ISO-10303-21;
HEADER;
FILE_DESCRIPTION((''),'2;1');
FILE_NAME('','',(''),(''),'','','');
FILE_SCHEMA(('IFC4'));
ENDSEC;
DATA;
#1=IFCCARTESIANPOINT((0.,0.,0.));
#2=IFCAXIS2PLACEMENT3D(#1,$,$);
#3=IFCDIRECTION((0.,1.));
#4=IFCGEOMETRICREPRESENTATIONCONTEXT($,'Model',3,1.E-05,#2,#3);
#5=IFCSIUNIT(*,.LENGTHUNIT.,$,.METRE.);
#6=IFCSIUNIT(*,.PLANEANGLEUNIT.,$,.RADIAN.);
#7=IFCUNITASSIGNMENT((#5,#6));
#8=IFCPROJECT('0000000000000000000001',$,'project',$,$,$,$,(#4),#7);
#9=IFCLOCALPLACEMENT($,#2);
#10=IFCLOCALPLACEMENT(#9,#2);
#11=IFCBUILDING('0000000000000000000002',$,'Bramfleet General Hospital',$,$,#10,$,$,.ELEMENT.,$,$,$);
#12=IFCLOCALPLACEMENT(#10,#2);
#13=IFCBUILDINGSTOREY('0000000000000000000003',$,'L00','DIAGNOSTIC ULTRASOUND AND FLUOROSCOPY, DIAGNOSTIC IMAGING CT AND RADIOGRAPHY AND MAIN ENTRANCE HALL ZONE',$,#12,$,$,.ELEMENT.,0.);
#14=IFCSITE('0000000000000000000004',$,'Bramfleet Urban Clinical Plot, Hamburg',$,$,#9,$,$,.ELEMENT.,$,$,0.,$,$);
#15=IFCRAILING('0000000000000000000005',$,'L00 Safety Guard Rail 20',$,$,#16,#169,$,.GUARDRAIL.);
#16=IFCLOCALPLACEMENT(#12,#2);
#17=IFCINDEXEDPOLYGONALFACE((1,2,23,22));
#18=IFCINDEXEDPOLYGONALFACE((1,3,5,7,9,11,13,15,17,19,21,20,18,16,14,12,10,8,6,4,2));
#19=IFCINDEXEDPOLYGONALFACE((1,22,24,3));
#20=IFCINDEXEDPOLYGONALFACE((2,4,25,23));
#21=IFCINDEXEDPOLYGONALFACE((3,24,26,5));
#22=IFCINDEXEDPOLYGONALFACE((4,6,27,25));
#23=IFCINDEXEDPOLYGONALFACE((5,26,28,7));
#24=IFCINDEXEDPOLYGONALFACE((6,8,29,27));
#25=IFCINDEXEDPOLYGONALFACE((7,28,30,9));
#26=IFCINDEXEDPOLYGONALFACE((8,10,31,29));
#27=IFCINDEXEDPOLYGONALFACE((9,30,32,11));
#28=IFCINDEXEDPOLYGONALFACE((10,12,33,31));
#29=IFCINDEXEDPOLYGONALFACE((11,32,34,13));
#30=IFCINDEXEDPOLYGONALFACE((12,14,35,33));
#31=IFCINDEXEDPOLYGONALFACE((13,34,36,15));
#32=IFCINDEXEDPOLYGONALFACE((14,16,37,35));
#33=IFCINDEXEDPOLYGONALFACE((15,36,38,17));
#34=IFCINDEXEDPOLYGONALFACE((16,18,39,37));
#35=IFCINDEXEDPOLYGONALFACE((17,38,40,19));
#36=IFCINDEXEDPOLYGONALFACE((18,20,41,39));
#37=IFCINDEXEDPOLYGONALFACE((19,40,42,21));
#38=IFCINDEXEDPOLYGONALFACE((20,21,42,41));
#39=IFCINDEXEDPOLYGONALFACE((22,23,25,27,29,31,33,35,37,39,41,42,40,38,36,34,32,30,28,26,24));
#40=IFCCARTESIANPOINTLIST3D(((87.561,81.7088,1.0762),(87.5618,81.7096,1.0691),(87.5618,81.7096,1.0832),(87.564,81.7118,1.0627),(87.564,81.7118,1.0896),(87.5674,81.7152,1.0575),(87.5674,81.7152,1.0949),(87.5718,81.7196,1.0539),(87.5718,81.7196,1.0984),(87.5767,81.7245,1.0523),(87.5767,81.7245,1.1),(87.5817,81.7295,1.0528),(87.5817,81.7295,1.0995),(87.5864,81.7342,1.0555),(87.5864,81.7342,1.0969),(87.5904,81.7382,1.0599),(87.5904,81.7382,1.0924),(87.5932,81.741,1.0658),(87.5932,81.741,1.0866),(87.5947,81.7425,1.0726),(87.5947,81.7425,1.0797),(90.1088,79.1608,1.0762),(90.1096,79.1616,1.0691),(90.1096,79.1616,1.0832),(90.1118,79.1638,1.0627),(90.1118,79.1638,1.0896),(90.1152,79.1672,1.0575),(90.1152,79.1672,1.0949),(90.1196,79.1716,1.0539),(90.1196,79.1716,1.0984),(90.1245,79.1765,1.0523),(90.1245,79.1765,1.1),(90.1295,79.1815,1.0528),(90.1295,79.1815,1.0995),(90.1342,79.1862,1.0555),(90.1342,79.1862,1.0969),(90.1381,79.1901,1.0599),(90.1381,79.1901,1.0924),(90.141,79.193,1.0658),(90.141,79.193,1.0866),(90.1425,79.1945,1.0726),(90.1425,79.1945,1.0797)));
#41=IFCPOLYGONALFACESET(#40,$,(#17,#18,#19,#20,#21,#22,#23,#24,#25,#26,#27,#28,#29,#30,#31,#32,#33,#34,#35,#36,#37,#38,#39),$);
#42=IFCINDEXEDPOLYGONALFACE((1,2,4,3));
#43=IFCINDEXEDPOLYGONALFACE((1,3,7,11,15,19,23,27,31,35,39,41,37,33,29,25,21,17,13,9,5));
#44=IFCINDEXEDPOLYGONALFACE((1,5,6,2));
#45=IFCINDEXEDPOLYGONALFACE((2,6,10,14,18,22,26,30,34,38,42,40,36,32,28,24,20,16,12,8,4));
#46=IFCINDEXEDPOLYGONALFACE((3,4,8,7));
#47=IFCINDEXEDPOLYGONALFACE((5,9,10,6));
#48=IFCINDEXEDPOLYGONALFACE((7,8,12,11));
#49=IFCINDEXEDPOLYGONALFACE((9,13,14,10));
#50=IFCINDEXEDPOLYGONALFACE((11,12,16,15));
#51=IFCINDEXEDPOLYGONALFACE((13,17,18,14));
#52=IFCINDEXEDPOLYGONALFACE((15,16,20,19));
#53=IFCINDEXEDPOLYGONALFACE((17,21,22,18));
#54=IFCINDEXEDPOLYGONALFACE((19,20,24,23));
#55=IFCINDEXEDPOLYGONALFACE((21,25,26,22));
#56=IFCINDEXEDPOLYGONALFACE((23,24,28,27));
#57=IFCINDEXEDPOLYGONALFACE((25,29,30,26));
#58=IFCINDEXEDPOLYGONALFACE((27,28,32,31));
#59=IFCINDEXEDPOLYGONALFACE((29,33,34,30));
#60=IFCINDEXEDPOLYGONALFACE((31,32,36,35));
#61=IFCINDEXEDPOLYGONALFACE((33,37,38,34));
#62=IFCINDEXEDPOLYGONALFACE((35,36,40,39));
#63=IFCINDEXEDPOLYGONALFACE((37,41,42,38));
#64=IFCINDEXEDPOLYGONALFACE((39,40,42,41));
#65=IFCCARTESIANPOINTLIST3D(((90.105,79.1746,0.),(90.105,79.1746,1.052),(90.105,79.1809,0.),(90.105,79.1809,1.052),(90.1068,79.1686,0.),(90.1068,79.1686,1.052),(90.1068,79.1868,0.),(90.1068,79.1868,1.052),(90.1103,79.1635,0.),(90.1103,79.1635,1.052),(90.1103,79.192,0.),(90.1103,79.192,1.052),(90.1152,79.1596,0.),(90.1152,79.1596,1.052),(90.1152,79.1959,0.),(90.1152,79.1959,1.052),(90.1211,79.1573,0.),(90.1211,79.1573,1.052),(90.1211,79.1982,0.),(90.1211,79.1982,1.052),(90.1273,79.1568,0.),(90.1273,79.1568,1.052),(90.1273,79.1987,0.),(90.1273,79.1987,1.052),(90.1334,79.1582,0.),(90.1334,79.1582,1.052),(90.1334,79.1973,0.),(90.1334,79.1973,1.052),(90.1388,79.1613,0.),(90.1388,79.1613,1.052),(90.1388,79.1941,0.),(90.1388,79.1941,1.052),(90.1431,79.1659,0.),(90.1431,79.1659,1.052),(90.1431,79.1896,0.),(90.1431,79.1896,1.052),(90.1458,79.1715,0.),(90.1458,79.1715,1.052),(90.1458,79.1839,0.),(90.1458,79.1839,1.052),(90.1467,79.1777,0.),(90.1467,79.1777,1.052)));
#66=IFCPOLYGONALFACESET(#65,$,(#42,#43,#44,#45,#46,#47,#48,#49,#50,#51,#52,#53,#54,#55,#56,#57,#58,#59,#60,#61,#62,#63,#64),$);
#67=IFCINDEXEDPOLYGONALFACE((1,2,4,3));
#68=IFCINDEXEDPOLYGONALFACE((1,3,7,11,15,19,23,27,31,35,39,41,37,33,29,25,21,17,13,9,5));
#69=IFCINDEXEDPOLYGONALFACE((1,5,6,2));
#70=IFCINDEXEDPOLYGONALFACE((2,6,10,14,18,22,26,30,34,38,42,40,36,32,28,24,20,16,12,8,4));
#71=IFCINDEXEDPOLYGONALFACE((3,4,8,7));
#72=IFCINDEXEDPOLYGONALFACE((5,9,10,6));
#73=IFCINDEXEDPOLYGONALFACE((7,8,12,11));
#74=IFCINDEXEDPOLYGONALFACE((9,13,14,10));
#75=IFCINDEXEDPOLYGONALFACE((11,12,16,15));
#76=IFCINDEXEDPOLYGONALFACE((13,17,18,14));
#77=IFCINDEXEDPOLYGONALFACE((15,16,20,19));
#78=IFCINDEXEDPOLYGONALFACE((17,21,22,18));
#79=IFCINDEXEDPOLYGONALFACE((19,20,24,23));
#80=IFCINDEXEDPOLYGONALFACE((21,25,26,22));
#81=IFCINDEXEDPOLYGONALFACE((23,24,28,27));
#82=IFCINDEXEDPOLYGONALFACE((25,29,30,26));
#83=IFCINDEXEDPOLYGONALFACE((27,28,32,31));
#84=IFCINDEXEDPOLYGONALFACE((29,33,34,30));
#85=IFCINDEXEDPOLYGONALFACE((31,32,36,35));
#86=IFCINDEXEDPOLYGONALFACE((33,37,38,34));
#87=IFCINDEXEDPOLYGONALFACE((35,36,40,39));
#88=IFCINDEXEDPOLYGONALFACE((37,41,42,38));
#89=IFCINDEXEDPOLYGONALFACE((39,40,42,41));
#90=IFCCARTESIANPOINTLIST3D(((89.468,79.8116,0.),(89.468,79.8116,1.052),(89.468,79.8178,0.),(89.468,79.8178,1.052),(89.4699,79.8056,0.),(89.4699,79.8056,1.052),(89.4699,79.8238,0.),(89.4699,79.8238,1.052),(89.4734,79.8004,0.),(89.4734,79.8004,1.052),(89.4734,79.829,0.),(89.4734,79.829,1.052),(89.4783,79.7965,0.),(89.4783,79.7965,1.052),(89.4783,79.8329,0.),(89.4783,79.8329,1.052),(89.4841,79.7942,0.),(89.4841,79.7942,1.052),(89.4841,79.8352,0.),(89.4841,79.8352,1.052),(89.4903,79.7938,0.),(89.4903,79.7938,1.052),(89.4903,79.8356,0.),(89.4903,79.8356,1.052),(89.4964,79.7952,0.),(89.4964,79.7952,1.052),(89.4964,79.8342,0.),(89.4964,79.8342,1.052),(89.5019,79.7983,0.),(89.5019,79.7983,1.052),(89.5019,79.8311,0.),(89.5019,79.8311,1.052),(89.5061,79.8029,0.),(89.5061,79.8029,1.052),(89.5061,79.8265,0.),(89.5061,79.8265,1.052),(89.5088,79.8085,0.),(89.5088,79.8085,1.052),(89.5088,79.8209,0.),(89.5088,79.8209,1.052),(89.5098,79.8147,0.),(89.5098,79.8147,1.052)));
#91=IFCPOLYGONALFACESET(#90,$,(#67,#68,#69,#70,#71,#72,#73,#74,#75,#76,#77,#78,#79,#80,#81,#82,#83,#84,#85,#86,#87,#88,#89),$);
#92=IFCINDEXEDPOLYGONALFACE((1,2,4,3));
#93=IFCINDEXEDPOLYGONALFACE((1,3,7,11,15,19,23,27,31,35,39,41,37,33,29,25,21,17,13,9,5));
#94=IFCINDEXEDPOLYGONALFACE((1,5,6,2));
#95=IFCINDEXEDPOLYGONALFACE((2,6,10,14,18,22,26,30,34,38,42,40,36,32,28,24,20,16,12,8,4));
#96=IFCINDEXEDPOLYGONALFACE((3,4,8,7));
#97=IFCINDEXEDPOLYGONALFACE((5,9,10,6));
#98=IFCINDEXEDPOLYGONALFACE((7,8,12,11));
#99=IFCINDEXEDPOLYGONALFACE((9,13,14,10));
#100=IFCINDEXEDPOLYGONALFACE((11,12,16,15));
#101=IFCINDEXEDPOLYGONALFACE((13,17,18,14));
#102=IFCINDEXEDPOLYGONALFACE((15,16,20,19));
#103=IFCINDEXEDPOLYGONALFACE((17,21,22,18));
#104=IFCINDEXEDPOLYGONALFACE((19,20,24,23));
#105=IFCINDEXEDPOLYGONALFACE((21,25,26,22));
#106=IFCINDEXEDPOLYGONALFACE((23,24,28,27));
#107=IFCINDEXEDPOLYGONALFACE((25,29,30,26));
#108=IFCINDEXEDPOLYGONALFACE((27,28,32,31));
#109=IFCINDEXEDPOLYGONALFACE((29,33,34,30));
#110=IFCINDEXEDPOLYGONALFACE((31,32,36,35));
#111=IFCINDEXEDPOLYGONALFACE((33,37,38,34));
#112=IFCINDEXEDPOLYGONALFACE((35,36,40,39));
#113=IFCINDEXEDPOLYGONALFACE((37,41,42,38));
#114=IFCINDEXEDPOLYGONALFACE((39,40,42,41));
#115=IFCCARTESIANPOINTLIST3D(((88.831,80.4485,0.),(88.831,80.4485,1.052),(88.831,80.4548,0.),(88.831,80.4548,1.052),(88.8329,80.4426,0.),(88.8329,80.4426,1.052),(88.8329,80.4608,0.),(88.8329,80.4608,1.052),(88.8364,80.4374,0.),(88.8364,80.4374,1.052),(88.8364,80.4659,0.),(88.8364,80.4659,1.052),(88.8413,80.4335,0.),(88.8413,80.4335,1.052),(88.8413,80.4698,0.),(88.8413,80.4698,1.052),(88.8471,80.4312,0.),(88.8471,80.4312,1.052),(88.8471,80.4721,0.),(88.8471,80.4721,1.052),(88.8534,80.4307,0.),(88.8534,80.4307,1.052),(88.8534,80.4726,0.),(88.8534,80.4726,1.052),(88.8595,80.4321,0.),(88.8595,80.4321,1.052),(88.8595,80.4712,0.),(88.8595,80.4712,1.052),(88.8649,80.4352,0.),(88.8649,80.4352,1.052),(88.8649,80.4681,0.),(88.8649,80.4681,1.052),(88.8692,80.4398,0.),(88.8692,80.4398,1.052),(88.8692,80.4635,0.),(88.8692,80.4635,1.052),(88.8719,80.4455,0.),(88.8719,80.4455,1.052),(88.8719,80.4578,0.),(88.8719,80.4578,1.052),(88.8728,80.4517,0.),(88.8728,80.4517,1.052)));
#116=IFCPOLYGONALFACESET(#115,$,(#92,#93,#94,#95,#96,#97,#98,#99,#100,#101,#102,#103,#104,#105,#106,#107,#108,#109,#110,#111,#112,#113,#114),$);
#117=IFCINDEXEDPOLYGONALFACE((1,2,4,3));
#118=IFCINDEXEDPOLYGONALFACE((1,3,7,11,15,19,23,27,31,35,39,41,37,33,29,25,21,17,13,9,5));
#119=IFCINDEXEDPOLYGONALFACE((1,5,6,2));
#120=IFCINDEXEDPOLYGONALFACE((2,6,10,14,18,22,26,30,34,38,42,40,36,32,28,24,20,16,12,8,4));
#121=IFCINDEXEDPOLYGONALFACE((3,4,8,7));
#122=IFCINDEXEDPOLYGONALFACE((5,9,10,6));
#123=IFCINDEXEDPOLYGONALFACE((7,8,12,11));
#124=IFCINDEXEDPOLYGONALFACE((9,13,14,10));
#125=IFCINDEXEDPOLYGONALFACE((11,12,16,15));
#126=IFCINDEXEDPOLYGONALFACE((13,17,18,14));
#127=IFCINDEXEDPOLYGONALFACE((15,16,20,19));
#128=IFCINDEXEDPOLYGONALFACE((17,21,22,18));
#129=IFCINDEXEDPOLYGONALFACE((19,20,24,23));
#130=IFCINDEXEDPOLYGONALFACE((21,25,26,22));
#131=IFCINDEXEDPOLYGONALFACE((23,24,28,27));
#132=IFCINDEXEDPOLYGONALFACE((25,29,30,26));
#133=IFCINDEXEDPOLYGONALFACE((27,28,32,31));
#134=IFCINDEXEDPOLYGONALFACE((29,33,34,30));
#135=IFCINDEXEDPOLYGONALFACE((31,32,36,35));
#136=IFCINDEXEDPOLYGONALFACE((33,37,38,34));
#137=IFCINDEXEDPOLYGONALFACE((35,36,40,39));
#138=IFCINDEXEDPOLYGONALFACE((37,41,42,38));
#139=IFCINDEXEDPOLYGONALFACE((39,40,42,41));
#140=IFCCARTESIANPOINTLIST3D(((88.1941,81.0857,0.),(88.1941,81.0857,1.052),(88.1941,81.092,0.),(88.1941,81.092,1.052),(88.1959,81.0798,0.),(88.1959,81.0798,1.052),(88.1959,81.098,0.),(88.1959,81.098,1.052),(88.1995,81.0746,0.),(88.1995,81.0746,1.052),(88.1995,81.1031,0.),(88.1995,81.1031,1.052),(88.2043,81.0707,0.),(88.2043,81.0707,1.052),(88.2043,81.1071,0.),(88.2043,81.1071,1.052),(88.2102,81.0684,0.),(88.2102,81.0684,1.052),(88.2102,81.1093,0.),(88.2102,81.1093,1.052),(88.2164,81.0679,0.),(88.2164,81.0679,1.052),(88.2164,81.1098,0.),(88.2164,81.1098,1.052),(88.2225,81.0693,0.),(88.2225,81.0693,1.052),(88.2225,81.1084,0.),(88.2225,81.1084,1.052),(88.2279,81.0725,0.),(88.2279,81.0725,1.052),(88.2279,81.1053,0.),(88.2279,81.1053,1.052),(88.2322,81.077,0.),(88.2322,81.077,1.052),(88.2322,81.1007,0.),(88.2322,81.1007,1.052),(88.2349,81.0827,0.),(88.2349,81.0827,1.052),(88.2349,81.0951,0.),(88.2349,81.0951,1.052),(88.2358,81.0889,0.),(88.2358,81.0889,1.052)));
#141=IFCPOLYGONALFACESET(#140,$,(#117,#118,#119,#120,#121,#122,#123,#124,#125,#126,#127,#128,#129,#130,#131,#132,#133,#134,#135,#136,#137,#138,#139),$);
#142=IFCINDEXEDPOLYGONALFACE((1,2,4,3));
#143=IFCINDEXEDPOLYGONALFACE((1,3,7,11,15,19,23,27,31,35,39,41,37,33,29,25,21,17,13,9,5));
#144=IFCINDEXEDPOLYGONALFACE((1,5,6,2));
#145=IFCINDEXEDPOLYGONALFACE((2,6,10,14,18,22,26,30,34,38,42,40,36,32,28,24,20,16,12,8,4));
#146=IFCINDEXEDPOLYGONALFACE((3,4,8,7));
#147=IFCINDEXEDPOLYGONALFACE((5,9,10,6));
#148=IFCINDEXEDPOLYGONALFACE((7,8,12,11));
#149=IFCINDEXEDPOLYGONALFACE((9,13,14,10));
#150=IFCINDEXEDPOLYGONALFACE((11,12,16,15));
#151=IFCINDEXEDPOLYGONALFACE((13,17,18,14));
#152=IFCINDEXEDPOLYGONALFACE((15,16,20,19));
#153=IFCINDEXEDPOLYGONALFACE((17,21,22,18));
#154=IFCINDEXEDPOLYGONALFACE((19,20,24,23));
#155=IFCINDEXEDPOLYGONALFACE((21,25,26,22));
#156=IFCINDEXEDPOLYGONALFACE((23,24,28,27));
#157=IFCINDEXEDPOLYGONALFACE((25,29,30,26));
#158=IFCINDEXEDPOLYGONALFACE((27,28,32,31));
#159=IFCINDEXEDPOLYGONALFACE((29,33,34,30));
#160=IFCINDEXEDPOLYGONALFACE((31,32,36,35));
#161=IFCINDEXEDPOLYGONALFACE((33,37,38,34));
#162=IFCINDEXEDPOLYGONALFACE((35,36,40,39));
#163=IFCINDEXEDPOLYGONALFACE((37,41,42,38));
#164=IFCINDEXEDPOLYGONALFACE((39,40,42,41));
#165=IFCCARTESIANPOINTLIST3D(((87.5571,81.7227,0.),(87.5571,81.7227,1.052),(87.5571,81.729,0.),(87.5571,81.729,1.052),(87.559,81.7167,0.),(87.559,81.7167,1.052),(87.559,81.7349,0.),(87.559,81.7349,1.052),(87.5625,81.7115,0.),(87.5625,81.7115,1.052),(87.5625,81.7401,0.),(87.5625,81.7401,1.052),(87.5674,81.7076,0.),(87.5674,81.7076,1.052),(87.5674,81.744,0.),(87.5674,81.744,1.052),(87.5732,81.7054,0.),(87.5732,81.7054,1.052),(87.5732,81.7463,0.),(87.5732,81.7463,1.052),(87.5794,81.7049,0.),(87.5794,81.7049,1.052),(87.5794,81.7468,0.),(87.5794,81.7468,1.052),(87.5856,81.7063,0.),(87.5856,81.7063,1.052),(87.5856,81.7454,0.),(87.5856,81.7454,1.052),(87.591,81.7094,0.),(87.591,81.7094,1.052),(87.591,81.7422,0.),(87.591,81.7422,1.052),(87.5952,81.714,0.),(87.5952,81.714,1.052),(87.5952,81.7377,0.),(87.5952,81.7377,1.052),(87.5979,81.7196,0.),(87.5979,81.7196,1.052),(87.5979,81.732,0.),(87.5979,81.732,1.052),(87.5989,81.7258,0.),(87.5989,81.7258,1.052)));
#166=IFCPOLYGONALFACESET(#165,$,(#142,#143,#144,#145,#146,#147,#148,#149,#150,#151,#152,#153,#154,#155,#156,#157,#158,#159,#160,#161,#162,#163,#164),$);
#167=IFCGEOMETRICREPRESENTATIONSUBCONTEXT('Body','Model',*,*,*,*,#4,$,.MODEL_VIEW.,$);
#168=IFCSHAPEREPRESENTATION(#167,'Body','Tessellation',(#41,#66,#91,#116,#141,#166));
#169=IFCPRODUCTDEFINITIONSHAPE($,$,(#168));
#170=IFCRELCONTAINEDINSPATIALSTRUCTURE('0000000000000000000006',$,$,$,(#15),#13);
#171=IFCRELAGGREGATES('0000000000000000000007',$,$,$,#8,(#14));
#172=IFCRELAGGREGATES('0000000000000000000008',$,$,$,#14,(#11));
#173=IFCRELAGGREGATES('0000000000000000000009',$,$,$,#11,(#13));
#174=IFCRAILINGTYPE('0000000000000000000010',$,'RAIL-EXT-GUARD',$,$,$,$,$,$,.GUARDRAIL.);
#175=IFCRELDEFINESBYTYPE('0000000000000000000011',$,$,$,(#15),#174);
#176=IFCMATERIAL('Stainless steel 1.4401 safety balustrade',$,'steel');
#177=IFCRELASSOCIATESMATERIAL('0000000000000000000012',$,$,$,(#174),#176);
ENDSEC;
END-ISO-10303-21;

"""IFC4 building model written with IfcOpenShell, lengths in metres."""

from ifc_helpers import new_model, si_unit, direction, frame, origin, origin_2d, place, context, subcontext, project, spatial, circle, extrude, material, type_object, element, save


model = new_model("IFC4")

# Units and contexts
model_context = context("Model", 3, precision=1e-05, world=origin(), true_north=direction((0.0, 1.0)))
body_context = subcontext(model_context, "Body", "Model", "MODEL_VIEW")
ifc_project = project(units=[si_unit("LENGTHUNIT", "METRE"), si_unit("PLANEANGLEUNIT", "RADIAN")], contexts=[model_context])

# Site, building, storey
site_placement = place(None, origin())
site = spatial("IfcSite", under=ifc_project, at=site_placement, Name="Bramfleet Urban Clinical Plot, Hamburg", CompositionType="ELEMENT", RefElevation=0.0)
building_placement = place(site_placement, origin())
building = spatial("IfcBuilding", under=site, at=building_placement, Name="Bramfleet General Hospital", CompositionType="ELEMENT")
storey_placement = place(building_placement, origin())
storey = spatial("IfcBuildingStorey", under=building, at=storey_placement, Name="L00", Description="DIAGNOSTIC ULTRASOUND AND FLUOROSCOPY, DIAGNOSTIC IMAGING CT AND RADIOGRAPHY AND MAIN ENTRANCE HALL ZONE", CompositionType="ELEMENT", Elevation=0.0)

# Railing
ifc_material_1 = material(Name="Stainless steel 1.4401 safety balustrade", Category="steel")
railing_type = type_object("IfcRailingType", Name="RAIL-EXT-GUARD", PredefinedType="GUARDRAIL", material=ifc_material_1)
railing_1_placement = place(storey_placement, frame((90.1257, 79.1777, 0.0)))
element("IfcRailing", 1, at=railing_1_placement, inside=storey, type_object=railing_type, Name="L00 Safety Guard Rail 20", PredefinedType="GUARDRAIL", context=body_context, shape_type="SweptSolid", body=[
    extrude(circle(Radius=0.0239, at=origin_2d()), frame((0.0, 0.0, 1.0762), z_axis=(-0.707073, 0.707141, 0.0), x_axis=(-0.707141, -0.707073, 0.0)), (0.0, 0.0, 1.0), 3.6033),
    extrude(circle(Radius=0.021, at=origin_2d()), origin(), (0.0, 0.0, 1.0), 1.052),
    extrude(circle(Radius=0.021, at=origin_2d()), frame((-0.637, 0.637, 0.0)), (0.0, 0.0, 1.0), 1.052),
    extrude(circle(Radius=0.021, at=origin_2d()), frame((-1.2739, 1.2739, 0.0)), (0.0, 0.0, 1.0), 1.052),
    extrude(circle(Radius=0.021, at=origin_2d()), frame((-1.9109, 1.9111, 0.0)), (0.0, 0.0, 1.0), 1.052),
    extrude(circle(Radius=0.021, at=origin_2d()), frame((-2.5479, 2.5481, 0.0)), (0.0, 0.0, 1.0), 1.052),
])

save(model, "model.ifc")
